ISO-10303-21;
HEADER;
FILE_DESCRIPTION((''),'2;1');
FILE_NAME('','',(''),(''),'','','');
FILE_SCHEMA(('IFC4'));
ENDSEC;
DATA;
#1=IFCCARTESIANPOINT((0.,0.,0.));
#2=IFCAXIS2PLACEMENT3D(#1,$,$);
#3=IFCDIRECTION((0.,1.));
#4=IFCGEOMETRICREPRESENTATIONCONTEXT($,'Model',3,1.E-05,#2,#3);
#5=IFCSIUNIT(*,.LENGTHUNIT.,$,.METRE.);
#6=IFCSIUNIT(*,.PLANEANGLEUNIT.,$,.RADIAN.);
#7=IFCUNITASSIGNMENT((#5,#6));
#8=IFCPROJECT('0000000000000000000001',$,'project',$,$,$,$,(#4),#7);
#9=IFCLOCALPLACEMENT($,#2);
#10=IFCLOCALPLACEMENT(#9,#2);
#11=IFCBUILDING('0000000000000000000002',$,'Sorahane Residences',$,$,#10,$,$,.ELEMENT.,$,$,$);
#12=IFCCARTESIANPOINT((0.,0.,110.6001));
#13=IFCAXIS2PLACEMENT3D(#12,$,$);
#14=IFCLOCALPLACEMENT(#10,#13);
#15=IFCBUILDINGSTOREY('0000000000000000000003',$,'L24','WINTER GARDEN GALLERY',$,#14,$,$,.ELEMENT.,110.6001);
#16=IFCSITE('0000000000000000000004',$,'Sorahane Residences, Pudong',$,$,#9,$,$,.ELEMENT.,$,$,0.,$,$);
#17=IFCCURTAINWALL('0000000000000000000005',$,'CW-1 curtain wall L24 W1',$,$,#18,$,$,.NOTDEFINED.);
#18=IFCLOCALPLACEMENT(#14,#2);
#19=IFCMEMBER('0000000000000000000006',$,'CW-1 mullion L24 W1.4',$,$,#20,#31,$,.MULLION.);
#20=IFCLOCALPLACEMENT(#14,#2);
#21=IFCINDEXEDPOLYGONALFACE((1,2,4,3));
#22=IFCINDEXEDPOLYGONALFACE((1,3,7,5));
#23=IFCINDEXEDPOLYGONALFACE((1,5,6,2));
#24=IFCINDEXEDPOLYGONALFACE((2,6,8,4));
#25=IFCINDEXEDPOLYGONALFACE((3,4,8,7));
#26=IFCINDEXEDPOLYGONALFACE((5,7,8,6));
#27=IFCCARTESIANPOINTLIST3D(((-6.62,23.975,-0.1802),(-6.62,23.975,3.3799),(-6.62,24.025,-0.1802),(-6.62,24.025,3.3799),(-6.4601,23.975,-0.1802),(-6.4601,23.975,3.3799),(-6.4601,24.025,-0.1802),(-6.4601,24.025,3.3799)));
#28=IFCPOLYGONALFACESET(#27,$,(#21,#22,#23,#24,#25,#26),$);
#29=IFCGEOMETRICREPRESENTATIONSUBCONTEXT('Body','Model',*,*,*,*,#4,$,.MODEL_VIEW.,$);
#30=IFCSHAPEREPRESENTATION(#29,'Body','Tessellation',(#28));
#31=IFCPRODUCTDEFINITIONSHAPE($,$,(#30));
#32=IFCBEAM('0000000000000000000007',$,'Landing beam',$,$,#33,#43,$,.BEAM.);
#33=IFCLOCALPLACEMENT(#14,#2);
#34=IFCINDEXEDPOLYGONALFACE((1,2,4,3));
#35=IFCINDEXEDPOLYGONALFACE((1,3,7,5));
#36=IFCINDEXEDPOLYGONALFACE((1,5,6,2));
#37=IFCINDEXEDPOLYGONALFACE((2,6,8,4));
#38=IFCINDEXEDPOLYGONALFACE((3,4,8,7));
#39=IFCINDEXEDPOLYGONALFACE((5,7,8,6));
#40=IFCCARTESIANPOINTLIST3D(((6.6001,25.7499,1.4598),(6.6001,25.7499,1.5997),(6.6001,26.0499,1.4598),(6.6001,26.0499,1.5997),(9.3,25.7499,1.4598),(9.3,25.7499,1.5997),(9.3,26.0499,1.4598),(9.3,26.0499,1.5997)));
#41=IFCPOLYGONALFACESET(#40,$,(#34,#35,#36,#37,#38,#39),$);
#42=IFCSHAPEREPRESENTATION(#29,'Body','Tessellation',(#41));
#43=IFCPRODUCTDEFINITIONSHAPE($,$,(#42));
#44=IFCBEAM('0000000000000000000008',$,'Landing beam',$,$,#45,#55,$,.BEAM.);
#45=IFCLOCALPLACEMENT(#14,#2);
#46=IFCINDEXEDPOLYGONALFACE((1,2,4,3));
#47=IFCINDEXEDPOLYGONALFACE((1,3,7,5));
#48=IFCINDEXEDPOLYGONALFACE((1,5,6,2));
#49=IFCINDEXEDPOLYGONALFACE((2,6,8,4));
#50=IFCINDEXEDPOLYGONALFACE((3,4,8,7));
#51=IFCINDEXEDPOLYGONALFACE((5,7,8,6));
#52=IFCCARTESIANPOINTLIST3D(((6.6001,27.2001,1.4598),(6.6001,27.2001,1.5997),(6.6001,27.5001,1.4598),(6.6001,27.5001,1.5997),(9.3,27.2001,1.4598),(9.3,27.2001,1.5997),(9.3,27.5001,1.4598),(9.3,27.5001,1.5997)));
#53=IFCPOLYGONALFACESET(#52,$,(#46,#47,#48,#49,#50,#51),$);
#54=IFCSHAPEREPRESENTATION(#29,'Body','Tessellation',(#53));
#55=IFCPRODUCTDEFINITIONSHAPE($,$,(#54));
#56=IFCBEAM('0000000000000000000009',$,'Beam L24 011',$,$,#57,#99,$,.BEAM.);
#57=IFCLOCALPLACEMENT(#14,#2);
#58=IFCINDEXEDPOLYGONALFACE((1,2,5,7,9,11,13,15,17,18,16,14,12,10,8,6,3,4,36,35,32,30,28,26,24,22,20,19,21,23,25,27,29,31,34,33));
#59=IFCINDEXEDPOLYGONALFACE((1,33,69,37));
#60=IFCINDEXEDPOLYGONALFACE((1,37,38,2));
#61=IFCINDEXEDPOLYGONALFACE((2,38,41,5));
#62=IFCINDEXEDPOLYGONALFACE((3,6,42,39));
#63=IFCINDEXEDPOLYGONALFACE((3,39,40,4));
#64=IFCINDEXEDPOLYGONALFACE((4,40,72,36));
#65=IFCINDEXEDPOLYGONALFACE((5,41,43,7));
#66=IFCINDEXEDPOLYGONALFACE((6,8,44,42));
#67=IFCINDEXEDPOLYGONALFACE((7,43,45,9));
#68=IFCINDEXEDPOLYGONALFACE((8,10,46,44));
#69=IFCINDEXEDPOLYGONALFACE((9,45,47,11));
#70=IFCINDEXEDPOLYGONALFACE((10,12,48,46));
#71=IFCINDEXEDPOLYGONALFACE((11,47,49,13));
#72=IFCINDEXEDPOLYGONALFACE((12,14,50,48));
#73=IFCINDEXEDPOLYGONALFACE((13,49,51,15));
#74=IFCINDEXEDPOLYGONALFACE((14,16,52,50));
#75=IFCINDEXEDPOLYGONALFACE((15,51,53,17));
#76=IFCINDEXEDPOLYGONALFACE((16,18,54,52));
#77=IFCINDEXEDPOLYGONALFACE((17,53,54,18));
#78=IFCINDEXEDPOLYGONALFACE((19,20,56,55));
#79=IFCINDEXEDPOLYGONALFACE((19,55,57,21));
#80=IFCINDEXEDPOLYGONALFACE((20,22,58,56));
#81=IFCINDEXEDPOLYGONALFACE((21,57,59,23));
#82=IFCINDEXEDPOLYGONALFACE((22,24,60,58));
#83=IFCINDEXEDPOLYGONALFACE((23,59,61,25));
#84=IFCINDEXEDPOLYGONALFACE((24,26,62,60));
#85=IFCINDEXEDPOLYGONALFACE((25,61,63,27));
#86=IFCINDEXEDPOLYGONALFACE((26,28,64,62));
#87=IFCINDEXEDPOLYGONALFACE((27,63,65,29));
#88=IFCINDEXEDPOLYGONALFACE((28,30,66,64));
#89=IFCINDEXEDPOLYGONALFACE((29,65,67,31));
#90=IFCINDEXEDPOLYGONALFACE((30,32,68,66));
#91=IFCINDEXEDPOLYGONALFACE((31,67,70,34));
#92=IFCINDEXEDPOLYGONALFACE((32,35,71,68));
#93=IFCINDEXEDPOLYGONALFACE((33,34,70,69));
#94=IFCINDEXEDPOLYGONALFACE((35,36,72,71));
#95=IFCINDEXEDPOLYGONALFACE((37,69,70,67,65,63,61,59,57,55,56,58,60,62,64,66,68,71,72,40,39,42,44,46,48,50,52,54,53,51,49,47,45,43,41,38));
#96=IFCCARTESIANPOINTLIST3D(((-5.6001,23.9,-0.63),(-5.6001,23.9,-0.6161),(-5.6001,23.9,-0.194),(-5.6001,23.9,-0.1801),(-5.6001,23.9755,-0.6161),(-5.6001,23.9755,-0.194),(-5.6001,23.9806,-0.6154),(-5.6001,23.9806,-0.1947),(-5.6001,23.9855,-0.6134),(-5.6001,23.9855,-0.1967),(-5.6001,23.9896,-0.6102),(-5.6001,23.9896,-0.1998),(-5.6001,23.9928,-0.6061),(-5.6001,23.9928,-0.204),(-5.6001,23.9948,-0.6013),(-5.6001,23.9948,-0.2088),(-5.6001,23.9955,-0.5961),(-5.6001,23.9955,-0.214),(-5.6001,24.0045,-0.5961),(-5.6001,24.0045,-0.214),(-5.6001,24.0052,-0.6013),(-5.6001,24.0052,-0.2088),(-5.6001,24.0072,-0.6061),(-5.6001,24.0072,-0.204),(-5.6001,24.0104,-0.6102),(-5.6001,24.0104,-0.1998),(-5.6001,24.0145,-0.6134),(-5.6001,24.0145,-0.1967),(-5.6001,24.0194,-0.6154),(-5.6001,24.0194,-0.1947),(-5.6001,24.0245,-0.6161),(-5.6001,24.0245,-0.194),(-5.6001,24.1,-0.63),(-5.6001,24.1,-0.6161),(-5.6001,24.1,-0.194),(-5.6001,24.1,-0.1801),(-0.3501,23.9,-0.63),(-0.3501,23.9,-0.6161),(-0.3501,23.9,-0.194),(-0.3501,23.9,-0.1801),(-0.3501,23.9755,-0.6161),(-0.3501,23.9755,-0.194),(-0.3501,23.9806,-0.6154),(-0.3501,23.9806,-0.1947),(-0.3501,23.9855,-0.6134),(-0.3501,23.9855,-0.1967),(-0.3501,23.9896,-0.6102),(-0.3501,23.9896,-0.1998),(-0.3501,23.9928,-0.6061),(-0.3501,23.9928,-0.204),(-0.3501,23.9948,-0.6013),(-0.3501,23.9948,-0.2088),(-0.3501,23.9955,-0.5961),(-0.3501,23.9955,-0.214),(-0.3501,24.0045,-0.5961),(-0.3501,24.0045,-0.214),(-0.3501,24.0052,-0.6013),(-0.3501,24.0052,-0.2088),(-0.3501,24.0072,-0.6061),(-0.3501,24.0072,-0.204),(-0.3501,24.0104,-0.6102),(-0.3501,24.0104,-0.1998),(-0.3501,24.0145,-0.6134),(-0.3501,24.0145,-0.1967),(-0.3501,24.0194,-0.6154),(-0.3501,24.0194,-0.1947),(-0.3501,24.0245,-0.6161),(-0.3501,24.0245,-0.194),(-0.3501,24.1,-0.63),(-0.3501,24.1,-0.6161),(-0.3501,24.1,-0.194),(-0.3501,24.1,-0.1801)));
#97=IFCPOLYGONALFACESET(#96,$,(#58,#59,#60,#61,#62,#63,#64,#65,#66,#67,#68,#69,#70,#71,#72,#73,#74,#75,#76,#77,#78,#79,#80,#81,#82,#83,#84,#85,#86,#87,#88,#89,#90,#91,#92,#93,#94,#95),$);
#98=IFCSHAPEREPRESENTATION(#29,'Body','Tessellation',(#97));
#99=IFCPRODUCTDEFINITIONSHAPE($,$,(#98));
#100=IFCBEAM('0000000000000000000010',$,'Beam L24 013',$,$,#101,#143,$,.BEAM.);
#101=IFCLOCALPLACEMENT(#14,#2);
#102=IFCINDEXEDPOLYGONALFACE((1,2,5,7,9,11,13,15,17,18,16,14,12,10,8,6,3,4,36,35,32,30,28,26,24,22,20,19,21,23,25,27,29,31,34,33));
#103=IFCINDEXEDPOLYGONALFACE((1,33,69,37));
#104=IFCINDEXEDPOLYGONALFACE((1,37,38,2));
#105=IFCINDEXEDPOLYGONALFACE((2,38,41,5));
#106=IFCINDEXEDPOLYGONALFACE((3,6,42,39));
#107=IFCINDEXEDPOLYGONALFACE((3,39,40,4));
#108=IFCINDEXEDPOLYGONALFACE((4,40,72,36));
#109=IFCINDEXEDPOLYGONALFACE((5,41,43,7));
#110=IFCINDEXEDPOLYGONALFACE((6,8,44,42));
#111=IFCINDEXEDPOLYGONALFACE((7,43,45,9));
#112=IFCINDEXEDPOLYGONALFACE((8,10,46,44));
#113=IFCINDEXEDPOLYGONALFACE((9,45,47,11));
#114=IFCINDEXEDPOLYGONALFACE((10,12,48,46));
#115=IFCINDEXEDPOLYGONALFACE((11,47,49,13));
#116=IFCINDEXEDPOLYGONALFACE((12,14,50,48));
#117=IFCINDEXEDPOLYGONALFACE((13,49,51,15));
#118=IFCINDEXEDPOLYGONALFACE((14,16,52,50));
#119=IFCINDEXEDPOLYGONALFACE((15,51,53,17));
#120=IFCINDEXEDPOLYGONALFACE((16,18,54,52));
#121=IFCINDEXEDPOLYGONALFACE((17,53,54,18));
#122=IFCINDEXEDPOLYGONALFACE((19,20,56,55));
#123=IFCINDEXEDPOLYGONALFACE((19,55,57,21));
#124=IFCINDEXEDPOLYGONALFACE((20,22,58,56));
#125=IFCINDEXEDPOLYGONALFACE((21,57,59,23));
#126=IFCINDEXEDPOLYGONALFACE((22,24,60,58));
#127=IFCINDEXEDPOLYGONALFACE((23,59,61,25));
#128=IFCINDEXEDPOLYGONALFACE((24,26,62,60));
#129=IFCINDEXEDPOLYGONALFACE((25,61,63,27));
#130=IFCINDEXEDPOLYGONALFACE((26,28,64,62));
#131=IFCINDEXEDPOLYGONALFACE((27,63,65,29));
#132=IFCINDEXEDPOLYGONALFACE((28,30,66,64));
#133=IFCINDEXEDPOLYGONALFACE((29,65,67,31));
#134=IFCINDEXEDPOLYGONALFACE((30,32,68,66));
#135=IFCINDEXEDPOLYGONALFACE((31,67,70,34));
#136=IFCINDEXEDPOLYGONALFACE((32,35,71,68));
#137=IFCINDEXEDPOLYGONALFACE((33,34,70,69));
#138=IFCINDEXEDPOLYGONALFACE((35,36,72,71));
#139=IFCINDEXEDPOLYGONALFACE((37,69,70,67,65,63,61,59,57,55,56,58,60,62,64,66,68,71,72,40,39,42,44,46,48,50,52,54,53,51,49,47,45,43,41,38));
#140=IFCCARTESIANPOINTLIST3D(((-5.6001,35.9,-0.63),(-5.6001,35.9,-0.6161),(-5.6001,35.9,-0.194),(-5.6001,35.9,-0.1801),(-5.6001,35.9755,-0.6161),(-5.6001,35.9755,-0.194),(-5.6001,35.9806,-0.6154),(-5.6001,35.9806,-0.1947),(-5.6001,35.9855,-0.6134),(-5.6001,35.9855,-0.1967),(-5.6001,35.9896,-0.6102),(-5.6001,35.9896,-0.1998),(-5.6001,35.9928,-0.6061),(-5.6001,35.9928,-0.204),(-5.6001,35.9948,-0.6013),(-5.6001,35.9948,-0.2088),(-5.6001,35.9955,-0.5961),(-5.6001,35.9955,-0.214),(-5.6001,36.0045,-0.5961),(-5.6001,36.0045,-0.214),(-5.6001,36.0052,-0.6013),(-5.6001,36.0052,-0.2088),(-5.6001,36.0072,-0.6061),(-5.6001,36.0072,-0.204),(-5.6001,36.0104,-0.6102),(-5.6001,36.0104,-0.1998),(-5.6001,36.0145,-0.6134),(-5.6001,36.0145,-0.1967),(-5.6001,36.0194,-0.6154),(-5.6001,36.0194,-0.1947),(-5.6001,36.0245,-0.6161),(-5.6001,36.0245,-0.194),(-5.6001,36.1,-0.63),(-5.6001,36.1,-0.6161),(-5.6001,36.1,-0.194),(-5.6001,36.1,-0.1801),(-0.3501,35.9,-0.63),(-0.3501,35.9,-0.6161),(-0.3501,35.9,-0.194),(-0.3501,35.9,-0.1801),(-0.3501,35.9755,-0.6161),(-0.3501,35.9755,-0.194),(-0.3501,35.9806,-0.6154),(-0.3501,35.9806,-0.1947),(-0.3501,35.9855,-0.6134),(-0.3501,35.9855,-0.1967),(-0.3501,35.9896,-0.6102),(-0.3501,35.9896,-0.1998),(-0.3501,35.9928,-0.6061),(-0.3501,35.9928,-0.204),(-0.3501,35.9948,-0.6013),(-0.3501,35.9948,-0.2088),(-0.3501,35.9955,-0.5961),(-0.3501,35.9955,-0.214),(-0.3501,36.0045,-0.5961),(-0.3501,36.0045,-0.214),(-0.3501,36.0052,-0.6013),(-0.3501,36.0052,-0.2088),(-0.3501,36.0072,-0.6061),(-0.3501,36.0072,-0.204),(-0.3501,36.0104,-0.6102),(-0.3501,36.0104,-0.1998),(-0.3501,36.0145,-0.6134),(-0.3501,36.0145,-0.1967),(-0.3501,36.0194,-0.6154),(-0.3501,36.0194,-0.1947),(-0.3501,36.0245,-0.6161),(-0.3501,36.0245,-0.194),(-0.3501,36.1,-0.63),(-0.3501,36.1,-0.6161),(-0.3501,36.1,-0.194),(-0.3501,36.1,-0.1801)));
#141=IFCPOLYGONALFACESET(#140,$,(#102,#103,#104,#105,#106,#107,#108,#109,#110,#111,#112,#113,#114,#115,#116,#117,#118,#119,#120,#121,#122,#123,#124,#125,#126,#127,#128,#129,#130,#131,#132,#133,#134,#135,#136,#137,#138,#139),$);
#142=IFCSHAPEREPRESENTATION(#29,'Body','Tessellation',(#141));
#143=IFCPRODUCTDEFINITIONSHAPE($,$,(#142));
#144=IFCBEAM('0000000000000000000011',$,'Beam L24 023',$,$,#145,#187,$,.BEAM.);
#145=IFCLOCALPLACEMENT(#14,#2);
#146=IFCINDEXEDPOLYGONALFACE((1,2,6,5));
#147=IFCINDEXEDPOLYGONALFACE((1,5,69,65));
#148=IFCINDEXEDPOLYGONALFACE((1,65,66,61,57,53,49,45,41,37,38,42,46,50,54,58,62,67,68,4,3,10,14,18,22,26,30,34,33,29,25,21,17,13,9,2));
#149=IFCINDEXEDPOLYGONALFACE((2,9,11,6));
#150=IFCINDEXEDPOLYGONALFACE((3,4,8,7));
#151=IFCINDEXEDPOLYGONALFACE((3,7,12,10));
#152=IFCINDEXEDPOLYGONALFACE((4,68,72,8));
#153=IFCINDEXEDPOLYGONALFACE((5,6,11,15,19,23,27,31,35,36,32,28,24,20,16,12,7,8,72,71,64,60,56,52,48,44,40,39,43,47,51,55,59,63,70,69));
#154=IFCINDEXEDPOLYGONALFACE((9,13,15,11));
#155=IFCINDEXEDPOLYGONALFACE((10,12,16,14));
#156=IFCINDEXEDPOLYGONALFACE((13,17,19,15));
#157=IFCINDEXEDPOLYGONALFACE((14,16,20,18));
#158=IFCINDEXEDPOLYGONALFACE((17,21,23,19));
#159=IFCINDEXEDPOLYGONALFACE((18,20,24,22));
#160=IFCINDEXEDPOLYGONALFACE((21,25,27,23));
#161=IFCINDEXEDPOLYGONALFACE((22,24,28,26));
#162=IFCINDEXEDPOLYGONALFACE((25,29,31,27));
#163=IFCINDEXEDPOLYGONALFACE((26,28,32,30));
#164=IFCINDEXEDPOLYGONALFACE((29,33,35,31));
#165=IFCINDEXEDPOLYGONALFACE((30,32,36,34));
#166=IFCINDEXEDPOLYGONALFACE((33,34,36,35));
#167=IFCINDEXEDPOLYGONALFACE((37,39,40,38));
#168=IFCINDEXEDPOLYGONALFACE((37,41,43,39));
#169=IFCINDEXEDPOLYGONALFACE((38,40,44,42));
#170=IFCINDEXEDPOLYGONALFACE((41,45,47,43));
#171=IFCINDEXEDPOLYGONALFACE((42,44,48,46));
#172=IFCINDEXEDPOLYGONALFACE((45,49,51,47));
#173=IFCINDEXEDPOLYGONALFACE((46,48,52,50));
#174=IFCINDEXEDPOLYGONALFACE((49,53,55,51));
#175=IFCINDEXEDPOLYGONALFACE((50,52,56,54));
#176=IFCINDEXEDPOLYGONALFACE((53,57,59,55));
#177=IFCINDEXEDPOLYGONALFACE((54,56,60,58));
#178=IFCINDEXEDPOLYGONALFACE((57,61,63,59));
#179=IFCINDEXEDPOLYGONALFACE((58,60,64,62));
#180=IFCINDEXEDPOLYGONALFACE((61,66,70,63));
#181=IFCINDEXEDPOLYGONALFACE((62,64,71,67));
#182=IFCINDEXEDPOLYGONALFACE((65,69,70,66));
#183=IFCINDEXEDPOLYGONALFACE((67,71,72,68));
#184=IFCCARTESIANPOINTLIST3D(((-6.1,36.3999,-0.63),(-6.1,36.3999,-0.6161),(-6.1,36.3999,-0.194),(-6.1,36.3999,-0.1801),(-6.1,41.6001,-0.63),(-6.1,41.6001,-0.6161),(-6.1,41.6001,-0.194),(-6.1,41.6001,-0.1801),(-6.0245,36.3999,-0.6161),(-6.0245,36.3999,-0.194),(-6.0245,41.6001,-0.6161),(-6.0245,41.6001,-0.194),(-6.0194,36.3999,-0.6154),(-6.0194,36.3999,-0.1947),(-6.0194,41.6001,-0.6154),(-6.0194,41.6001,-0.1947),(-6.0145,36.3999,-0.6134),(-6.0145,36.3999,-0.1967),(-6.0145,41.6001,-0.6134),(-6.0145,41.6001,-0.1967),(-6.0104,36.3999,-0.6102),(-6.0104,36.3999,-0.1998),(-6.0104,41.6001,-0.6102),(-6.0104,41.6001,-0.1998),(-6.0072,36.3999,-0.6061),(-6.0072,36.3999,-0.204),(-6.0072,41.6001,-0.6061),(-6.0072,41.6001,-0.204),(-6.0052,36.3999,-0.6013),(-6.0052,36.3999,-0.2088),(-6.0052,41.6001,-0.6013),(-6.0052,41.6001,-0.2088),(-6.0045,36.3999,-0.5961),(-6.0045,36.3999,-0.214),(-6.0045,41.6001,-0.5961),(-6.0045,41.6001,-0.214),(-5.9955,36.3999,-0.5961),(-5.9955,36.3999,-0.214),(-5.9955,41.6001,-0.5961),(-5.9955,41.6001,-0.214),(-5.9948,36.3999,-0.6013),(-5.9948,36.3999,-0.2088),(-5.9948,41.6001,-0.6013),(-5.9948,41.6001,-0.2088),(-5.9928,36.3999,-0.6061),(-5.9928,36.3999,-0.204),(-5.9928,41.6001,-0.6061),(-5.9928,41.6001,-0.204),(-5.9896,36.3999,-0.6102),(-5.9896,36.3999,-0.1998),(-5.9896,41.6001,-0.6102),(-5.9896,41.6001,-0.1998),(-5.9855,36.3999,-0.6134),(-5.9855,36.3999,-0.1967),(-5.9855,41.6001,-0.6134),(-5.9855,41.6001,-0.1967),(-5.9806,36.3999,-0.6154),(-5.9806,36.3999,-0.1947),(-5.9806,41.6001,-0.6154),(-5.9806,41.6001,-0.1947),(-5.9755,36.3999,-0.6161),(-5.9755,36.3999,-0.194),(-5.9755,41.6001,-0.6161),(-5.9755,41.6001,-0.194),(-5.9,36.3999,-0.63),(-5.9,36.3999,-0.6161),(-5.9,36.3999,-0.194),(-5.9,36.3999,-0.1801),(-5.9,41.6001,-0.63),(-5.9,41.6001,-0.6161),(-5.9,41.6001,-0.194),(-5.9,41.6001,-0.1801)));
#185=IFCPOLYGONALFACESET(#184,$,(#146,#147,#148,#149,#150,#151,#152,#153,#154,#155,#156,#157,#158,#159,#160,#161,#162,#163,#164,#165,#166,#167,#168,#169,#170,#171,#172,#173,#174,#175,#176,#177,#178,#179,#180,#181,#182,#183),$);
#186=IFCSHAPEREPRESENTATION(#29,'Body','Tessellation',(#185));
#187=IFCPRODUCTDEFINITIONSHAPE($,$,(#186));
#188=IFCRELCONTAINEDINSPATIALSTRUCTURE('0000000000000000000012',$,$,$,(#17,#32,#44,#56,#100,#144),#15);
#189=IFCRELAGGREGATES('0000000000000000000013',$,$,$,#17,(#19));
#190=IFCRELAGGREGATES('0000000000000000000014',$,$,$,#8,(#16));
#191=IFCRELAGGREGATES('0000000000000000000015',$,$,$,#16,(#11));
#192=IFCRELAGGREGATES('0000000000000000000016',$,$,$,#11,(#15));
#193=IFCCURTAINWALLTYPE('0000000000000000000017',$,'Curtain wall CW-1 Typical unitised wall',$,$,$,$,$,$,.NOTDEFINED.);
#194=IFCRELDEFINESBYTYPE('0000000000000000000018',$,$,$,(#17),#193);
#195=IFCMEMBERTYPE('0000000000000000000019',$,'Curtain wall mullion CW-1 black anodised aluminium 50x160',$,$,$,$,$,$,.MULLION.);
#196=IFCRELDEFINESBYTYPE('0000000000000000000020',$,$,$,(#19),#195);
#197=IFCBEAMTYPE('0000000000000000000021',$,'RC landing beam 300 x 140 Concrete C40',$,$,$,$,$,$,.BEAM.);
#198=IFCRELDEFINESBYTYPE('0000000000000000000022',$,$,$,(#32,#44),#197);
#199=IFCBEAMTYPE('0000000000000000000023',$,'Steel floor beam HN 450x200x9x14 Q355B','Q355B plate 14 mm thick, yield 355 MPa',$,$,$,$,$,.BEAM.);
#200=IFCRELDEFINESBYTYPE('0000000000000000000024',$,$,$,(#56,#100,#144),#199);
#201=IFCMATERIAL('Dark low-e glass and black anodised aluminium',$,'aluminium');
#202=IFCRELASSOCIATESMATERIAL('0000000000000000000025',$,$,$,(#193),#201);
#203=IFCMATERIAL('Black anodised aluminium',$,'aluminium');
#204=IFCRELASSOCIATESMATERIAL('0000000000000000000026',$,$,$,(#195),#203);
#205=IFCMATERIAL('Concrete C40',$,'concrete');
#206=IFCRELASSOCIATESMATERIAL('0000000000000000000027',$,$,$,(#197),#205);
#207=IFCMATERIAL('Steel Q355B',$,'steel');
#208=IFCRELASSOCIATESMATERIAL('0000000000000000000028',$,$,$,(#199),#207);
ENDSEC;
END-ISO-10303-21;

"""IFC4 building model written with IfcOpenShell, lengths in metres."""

from ifc_helpers import new_model, si_unit, direction, frame, origin, origin_2d, place, context, subcontext, project, spatial, rectangle, i_section, extrude, material, material_profile, profile_set, type_object, element, aggregate, save


model = new_model("IFC4")

# Units and contexts
model_context = context("Model", 3, precision=1e-05, world=origin(), true_north=direction((0.0, 1.0)))
body_context = subcontext(model_context, "Body", "Model", "MODEL_VIEW")
ifc_project = project(units=[si_unit("LENGTHUNIT", "METRE"), si_unit("PLANEANGLEUNIT", "RADIAN")], contexts=[model_context])

# Site, building, storey
site_placement = place(None, origin())
site = spatial("IfcSite", under=ifc_project, at=site_placement, Name="Sorahane Residences, Pudong", CompositionType="ELEMENT", RefElevation=0.0)
building_placement = place(site_placement, origin())
building = spatial("IfcBuilding", under=site, at=building_placement, Name="Sorahane Residences", CompositionType="ELEMENT")
storey_placement = place(building_placement, frame((0.0, 0.0, 110.6001)))
storey = spatial("IfcBuildingStorey", under=building, at=storey_placement, Name="L24", Description="WINTER GARDEN GALLERY", CompositionType="ELEMENT", Elevation=110.6001)

# Curtain wall, member
ifc_material_1 = material(Name="Dark low-e glass and black anodised aluminium", Category="aluminium")
curtain_wall_type = type_object("IfcCurtainWallType", Name="Curtain wall CW-1 Typical unitised wall", PredefinedType="NOTDEFINED", material=ifc_material_1)
curtain_wall_placement = place(storey_placement, origin())
curtain_wall = element("IfcCurtainWall", 1, at=curtain_wall_placement, inside=storey, type_object=curtain_wall_type, Name="CW-1 curtain wall L24 W1", PredefinedType="NOTDEFINED")
ifc_material_2 = material(Name="Black anodised aluminium", Category="aluminium")
ifc_material_profile_1 = material_profile(ifc_material_2, rectangle(XDim=0.1599, YDim=0.05, at=origin_2d()), Name="Curtain wall mullion CW-1 black anodised aluminium 50x160")
ifc_profile_set_1 = profile_set([ifc_material_profile_1], Name="Black anodised aluminium")
member_type_1 = type_object("IfcMemberType", Name="Curtain wall mullion CW-1 black anodised aluminium 50x160", PredefinedType="MULLION", material=ifc_profile_set_1)
member_1_placement = place(storey_placement, frame((-6.54, 24.0, -0.1802), z_axis=(0.0, 0.0, 1.0), x_axis=(-1.0, 0.0, 0.0)))
member_1 = element("IfcMember", 2, at=member_1_placement, type_object=member_type_1, Name="CW-1 mullion L24 W1.4", PredefinedType="MULLION", context=body_context, shape_type="SweptSolid", body=[
    extrude(rectangle(XDim=0.1599, YDim=0.05, at=origin_2d()), origin(), (0.0, 0.0, 1.0), 3.5601),
])

# Beams
ifc_material_3 = material(Name="Concrete C40", Category="concrete")
ifc_material_profile_2 = material_profile(ifc_material_3, rectangle(XDim=0.3, YDim=0.1399, at=origin_2d()), Name="300x140")
ifc_profile_set_2 = profile_set([ifc_material_profile_2], Name="Concrete C40")
beam_type_1 = type_object("IfcBeamType", Name="RC landing beam 300 x 140 Concrete C40", PredefinedType="BEAM", material=ifc_profile_set_2)
for number, where, z_axis, x_axis, name in (
    (3, (6.6001, 25.8999, 1.5298), (1.0, 0.0, 0.0), (0.0, 1.0, 0.0), "Landing beam"),
    (4, (6.6001, 27.3501, 1.5298), (1.0, 0.0, 0.0), (0.0, 1.0, 0.0), "Landing beam"),
):
    element("IfcBeam", number, at=place(storey_placement, frame(where, z_axis=z_axis, x_axis=x_axis)), inside=storey, type_object=beam_type_1, Name=name, PredefinedType="BEAM", context=body_context, shape_type="SweptSolid", body=[
        extrude(rectangle(XDim=0.3, YDim=0.1399, at=origin_2d()), origin(), (0.0, 0.0, 1.0), 2.7),
    ])
ifc_material_4 = material(Name="Steel Q355B", Category="steel")
ifc_material_profile_3 = material_profile(ifc_material_4, i_section(OverallWidth=0.2, OverallDepth=0.45, WebThickness=0.009, FlangeThickness=0.0139, FilletRadius=0.02, at=origin_2d()), Name="HN 450x200x9x14")
ifc_profile_set_3 = profile_set([ifc_material_profile_3], Name="Steel Q355B")
beam_type_2 = type_object("IfcBeamType", Name="Steel floor beam HN 450x200x9x14 Q355B", Description="Q355B plate 14 mm thick, yield 355 MPa", PredefinedType="BEAM", material=ifc_profile_set_3)
for number, where, z_axis, x_axis, name in (
    (5, (-5.6001, 24.0, -0.405), (1.0, 0.0, 0.0), (0.0, 1.0, 0.0), "Beam L24 011"),
    (6, (-5.6001, 36.0, -0.405), (1.0, 0.0, 0.0), (0.0, 1.0, 0.0), "Beam L24 013"),
):
    element("IfcBeam", number, at=place(storey_placement, frame(where, z_axis=z_axis, x_axis=x_axis)), inside=storey, type_object=beam_type_2, Name=name, PredefinedType="BEAM", context=body_context, shape_type="SweptSolid", body=[
        extrude(i_section(OverallWidth=0.2, OverallDepth=0.45, WebThickness=0.009, FlangeThickness=0.0139, FilletRadius=0.02, at=origin_2d()), origin(), (0.0, 0.0, 1.0), 5.25),
    ])
beam_1_placement = place(storey_placement, frame((-6.0, 36.3999, -0.405), z_axis=(0.0, 1.0, 0.0), x_axis=(-1.0, 0.0, 0.0)))
element("IfcBeam", 7, at=beam_1_placement, inside=storey, type_object=beam_type_2, Name="Beam L24 023", PredefinedType="BEAM", context=body_context, shape_type="SweptSolid", body=[
    extrude(i_section(OverallWidth=0.2, OverallDepth=0.45, WebThickness=0.009, FlangeThickness=0.0139, FilletRadius=0.02, at=origin_2d()), origin(), (0.0, 0.0, 1.0), 5.2002),
])

aggregate(curtain_wall, [member_1])

save(model, "model.ifc")
